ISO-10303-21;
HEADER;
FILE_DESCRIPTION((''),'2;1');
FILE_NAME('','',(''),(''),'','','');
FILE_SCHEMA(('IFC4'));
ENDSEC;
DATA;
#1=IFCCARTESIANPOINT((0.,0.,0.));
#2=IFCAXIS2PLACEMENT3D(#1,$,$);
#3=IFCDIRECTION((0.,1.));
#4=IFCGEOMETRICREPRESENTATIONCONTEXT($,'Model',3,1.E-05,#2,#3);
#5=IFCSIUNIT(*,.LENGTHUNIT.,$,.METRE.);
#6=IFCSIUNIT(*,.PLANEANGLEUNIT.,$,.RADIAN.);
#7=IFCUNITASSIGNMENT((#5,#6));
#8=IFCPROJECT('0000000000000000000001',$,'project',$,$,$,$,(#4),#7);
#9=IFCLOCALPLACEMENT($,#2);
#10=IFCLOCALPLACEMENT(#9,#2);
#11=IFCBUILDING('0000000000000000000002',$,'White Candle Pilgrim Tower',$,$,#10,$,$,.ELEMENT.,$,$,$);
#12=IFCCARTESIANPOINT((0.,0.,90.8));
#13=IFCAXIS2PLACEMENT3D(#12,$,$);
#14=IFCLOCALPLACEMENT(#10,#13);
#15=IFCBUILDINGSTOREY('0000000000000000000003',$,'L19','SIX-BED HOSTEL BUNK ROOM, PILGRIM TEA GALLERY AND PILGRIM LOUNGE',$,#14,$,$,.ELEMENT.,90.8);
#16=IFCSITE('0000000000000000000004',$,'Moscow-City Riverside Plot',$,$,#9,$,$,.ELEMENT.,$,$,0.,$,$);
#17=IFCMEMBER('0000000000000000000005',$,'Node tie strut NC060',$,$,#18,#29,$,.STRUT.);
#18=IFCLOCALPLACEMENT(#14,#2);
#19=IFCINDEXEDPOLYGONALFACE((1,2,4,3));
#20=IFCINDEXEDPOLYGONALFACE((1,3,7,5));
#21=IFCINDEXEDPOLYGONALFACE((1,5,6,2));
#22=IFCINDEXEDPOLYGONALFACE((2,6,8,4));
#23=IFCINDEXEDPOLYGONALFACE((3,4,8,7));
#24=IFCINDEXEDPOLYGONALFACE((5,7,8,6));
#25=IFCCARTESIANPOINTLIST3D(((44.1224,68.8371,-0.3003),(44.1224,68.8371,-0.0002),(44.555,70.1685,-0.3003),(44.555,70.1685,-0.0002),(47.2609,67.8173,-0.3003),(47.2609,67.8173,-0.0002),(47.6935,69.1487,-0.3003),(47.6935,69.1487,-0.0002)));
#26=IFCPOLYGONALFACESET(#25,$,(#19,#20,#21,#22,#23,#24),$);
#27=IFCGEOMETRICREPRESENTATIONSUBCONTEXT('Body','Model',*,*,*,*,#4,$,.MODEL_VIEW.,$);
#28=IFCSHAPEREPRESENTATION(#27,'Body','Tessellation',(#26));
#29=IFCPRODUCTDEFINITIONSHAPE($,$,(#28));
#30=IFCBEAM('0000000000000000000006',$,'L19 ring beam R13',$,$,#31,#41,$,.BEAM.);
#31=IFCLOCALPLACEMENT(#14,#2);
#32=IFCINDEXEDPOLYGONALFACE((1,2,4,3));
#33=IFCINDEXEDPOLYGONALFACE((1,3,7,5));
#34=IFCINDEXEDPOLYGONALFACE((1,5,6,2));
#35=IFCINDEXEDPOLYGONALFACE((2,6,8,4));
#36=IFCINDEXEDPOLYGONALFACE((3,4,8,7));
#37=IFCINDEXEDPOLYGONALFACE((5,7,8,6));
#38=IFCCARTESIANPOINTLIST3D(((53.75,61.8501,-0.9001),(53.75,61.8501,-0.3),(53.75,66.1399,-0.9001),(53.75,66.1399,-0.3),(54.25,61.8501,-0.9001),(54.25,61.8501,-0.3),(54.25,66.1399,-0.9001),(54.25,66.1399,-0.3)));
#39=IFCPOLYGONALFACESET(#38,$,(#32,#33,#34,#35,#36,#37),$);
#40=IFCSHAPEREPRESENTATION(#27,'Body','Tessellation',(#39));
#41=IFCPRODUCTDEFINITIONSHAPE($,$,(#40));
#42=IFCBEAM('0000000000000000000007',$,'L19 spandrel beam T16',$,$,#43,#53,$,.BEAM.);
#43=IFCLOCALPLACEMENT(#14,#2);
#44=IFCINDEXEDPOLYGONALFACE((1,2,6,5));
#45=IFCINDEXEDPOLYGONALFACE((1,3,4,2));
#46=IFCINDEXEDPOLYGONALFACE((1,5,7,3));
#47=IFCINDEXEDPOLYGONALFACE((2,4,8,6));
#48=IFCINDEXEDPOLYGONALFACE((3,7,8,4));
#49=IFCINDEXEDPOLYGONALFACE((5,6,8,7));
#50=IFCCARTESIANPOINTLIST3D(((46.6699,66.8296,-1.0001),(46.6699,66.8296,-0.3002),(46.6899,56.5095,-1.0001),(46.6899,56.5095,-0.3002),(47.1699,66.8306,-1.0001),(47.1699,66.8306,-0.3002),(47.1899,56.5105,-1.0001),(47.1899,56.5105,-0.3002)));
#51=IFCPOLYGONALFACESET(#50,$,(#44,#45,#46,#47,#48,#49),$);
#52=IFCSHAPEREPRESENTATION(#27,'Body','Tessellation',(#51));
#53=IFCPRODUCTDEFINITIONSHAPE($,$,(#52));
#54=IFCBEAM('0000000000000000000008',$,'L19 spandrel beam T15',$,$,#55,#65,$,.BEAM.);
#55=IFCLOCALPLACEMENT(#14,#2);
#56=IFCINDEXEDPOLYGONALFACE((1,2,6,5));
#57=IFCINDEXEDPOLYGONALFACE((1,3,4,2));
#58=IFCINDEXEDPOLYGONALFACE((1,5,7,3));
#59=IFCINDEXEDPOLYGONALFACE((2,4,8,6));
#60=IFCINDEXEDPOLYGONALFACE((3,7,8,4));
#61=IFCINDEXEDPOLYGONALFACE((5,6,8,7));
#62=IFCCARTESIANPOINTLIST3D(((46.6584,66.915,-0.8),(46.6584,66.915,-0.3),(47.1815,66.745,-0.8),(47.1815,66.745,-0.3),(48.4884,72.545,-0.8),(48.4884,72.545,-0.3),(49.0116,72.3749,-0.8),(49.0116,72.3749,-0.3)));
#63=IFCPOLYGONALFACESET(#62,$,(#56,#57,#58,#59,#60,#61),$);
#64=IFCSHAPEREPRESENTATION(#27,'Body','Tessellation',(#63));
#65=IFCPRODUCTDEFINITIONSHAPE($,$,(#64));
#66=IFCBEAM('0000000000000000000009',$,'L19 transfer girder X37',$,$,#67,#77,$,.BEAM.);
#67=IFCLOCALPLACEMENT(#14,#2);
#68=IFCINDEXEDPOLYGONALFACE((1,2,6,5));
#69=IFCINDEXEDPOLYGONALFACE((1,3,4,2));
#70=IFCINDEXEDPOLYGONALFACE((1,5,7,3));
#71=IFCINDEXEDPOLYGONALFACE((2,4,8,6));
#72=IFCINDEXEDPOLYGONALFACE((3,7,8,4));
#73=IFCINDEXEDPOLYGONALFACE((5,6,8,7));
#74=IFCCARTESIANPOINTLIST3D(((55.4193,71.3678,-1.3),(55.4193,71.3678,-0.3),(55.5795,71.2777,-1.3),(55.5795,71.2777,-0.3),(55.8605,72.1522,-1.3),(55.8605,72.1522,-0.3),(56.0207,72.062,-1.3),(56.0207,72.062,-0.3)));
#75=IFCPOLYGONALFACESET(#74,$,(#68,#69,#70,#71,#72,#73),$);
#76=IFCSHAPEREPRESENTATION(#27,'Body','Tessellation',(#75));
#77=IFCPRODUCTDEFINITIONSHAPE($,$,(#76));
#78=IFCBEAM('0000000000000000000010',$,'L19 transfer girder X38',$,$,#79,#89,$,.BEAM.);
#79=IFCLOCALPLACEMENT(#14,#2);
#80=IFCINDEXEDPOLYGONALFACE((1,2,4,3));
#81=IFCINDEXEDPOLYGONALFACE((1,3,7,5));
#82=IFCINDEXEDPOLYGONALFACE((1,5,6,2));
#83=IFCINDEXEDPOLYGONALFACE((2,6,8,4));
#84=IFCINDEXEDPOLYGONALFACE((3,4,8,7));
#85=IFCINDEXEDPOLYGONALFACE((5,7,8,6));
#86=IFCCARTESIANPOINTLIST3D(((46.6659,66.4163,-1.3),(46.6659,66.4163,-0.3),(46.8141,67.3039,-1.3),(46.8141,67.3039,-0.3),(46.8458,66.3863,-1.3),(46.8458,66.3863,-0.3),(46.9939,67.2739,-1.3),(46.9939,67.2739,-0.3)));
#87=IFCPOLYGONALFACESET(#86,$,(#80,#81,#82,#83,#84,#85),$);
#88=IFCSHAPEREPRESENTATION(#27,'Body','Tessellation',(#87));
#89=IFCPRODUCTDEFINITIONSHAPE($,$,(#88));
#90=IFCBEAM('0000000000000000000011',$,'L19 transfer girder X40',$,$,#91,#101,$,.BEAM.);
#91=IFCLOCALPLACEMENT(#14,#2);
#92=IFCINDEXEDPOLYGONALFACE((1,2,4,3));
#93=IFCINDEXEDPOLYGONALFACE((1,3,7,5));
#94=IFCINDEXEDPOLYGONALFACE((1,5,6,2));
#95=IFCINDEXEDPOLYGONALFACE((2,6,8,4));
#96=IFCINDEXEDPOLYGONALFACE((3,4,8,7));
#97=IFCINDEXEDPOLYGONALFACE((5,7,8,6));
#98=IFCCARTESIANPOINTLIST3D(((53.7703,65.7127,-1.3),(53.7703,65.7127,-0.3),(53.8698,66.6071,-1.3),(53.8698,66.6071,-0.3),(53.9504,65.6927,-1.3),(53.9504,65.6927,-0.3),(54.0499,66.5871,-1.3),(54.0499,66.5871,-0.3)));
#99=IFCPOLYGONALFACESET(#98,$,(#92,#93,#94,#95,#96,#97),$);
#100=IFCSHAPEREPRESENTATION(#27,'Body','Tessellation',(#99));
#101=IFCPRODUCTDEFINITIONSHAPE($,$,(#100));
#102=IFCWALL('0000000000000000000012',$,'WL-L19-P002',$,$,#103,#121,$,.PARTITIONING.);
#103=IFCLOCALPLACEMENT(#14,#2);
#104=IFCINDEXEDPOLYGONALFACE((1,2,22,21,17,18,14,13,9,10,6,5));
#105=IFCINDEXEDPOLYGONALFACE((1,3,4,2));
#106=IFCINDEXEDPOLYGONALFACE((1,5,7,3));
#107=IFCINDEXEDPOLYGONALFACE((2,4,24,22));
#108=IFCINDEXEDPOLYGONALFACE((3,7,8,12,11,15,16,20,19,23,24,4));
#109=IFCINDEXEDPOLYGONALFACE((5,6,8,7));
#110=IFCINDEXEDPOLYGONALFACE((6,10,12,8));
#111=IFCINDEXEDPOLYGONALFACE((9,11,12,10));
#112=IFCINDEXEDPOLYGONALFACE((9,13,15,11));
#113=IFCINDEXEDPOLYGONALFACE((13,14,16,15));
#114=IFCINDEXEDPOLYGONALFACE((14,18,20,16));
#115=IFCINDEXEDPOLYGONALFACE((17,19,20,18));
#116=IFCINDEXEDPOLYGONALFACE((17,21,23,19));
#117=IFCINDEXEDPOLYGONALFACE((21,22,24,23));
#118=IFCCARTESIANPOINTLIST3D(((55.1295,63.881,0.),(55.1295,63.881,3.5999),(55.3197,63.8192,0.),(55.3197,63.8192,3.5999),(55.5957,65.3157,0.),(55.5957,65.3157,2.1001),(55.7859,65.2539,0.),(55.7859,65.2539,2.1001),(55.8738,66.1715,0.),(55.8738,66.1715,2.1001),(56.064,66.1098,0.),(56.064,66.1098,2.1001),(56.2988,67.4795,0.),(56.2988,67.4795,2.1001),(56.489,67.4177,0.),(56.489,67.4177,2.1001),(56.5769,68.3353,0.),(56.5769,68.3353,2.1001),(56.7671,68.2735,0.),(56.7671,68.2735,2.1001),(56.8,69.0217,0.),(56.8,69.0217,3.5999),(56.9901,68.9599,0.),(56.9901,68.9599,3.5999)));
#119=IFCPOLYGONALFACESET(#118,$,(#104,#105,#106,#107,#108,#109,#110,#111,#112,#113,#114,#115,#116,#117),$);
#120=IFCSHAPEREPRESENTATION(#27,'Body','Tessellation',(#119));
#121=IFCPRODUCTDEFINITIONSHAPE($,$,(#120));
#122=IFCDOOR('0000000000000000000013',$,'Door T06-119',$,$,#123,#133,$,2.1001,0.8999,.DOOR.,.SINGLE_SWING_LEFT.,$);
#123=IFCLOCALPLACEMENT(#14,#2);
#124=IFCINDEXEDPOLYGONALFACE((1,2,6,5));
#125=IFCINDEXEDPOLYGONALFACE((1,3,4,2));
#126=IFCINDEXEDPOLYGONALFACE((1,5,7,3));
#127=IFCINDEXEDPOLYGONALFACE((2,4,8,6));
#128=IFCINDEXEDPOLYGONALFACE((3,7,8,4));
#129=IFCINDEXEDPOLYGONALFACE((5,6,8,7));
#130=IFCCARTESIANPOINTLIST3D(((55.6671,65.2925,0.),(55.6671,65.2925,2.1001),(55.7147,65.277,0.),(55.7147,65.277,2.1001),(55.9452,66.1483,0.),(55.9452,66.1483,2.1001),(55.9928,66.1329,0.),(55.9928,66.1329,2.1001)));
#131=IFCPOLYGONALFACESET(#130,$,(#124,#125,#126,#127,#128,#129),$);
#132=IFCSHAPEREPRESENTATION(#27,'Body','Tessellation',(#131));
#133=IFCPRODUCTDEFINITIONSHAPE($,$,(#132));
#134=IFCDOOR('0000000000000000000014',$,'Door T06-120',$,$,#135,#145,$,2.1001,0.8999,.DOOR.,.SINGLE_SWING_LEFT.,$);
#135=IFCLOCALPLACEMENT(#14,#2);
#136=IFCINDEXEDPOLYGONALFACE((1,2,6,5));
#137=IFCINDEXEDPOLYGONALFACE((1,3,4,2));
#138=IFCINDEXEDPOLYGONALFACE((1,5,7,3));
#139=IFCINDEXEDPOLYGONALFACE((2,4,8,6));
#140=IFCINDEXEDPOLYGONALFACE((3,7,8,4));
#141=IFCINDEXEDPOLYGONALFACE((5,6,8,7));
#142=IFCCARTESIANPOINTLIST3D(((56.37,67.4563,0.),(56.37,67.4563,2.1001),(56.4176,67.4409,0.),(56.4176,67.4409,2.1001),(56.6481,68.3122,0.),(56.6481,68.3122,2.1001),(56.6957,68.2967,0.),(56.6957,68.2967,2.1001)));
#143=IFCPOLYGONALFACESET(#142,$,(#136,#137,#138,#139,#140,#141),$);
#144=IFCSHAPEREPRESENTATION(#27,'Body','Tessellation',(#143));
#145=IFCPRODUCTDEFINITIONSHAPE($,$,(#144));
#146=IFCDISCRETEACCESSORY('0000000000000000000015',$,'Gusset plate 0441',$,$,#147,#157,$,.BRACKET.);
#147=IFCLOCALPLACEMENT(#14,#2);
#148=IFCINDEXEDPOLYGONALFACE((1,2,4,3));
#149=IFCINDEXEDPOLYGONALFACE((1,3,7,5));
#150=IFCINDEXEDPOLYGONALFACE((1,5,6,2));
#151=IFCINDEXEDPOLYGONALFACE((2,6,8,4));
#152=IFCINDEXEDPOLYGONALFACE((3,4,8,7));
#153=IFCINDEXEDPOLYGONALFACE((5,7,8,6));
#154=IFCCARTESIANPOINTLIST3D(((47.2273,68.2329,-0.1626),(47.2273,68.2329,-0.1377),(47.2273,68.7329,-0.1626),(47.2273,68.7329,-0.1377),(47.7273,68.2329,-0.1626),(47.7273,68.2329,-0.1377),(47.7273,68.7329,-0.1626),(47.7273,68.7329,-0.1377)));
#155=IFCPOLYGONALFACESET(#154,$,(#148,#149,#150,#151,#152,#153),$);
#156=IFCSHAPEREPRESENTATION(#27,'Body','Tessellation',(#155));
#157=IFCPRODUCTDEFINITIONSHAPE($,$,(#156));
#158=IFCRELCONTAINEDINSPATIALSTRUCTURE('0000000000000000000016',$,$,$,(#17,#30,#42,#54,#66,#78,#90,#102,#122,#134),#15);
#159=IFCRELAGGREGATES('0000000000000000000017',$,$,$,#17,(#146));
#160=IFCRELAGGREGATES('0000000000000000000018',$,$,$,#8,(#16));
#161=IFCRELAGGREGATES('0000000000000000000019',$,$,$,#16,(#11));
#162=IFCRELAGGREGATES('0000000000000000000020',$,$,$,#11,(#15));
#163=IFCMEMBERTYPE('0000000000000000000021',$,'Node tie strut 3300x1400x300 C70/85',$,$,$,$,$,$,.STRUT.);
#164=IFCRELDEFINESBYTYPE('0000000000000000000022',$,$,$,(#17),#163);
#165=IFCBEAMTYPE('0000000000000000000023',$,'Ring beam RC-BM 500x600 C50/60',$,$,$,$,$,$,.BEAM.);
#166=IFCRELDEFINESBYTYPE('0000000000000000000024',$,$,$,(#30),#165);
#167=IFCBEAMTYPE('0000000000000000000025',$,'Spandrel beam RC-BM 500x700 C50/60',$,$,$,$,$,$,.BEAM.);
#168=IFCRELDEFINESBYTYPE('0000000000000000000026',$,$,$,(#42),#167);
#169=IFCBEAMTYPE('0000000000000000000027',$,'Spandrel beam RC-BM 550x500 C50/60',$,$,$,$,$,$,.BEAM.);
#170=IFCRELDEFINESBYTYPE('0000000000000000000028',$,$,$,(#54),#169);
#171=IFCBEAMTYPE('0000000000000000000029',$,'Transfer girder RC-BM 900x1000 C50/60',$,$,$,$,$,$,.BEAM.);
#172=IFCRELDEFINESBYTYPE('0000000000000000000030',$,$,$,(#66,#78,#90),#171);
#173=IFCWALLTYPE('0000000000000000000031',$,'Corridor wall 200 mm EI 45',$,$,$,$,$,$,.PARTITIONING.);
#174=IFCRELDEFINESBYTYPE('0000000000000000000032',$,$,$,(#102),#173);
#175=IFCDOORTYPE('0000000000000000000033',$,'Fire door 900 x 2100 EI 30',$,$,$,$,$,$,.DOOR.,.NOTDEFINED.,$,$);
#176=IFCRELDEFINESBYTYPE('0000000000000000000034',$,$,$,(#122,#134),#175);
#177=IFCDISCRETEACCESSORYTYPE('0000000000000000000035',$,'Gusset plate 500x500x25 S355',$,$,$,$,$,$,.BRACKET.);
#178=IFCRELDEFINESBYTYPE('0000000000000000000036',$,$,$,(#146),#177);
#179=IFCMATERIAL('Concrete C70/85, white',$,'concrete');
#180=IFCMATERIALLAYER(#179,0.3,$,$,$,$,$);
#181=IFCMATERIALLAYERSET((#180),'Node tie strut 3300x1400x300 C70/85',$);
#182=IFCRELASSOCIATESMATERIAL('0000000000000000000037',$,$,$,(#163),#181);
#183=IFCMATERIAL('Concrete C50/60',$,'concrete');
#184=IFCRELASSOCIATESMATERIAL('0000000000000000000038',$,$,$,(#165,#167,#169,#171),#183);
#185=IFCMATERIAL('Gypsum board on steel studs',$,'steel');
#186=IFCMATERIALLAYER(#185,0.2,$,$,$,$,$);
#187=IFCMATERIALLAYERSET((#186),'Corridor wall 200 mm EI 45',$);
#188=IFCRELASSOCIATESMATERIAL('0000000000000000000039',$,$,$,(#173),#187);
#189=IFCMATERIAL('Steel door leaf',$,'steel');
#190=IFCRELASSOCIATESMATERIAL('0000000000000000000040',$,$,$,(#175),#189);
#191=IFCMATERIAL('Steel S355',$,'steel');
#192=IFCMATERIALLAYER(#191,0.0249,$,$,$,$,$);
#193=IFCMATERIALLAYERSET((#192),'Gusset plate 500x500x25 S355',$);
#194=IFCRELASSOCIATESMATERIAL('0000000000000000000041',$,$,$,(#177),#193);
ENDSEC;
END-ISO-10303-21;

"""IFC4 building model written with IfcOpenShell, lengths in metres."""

from ifc_helpers import new_model, si_unit, direction, frame, frame_2d, origin, origin_2d, place, context, subcontext, project, spatial, rectangle, extrude, material, layer, layer_set, material_profile, profile_set, type_object, element, fill, aggregate, save


model = new_model("IFC4")

# Units and contexts
model_context = context("Model", 3, precision=1e-05, world=origin(), true_north=direction((0.0, 1.0)))
body_context = subcontext(model_context, "Body", "Model", "MODEL_VIEW")
ifc_project = project(units=[si_unit("LENGTHUNIT", "METRE"), si_unit("PLANEANGLEUNIT", "RADIAN")], contexts=[model_context])

# Site, building, storey
site_placement = place(None, origin())
site = spatial("IfcSite", under=ifc_project, at=site_placement, Name="Moscow-City Riverside Plot", CompositionType="ELEMENT", RefElevation=0.0)
building_placement = place(site_placement, origin())
building = spatial("IfcBuilding", under=site, at=building_placement, Name="White Candle Pilgrim Tower", CompositionType="ELEMENT")
storey_placement = place(building_placement, frame((0.0, 0.0, 90.8)))
storey = spatial("IfcBuildingStorey", under=building, at=storey_placement, Name="L19", Description="SIX-BED HOSTEL BUNK ROOM, PILGRIM TEA GALLERY AND PILGRIM LOUNGE", CompositionType="ELEMENT", Elevation=90.8)

# Member
ifc_material_1 = material(Name="Concrete C70/85, white", Category="concrete")
ifc_layer_1 = layer(ifc_material_1, 0.3)
ifc_layer_set_1 = layer_set([ifc_layer_1], Name="Node tie strut 3300x1400x300 C70/85")
member_type_1 = type_object("IfcMemberType", Name="Node tie strut 3300x1400x300 C70/85", PredefinedType="STRUT", material=ifc_layer_set_1)
member_1_placement = place(storey_placement, frame((45.908, 68.9929, -0.3003), z_axis=(0.0, 0.0, 1.0), x_axis=(-0.309017, -0.951057, 0.0)))
member_1 = element("IfcMember", 1, at=member_1_placement, inside=storey, type_object=member_type_1, Name="Node tie strut NC060", PredefinedType="STRUT", context=body_context, shape_type="SweptSolid", body=[
    extrude(rectangle(XDim=1.3999, YDim=3.3, at=origin_2d()), origin(), (0.0, 0.0, 1.0), 0.3),
])

# Beams
ifc_material_2 = material(Name="Concrete C50/60", Category="concrete")
ifc_material_profile_1 = material_profile(ifc_material_2, rectangle(XDim=0.5, YDim=0.6001, at=origin_2d()), Name="RC-BM 500x600")
ifc_profile_set_1 = profile_set([ifc_material_profile_1], Name="Concrete C50/60")
beam_type_1 = type_object("IfcBeamType", Name="Ring beam RC-BM 500x600 C50/60", PredefinedType="BEAM", material=ifc_profile_set_1)
beam_1_placement = place(storey_placement, frame((54.0, 66.1399, -0.6001), z_axis=(0.0, -1.0, 0.0), x_axis=(1.0, 0.0, 0.0)))
element("IfcBeam", 2, at=beam_1_placement, inside=storey, type_object=beam_type_1, Name="L19 ring beam R13", PredefinedType="BEAM", context=body_context, shape_type="SweptSolid", body=[
    extrude(rectangle(XDim=0.5, YDim=0.6001, at=origin_2d()), origin(), (0.0, 0.0, 1.0), 4.2898),
])
ifc_material_profile_2 = material_profile(ifc_material_2, rectangle(XDim=0.5, YDim=0.7, at=origin_2d()), Name="RC-BM 500x700")
ifc_profile_set_2 = profile_set([ifc_material_profile_2], Name="Concrete C50/60")
beam_type_2 = type_object("IfcBeamType", Name="Spandrel beam RC-BM 500x700 C50/60", PredefinedType="BEAM", material=ifc_profile_set_2)
beam_2_placement = place(storey_placement, frame((46.9199, 66.8301, -0.6501), z_axis=(0.00194, -0.999998, 0.0), x_axis=(0.999998, 0.00194, 0.0)))
element("IfcBeam", 3, at=beam_2_placement, inside=storey, type_object=beam_type_2, Name="L19 spandrel beam T16", PredefinedType="BEAM", context=body_context, shape_type="SweptSolid", body=[
    extrude(rectangle(XDim=0.5, YDim=0.7, at=origin_2d()), origin(), (0.0, 0.0, 1.0), 10.3201),
])
ifc_material_profile_3 = material_profile(ifc_material_2, rectangle(XDim=0.55, YDim=0.5, at=origin_2d()), Name="RC-BM 550x500")
ifc_profile_set_3 = profile_set([ifc_material_profile_3], Name="Concrete C50/60")
beam_type_3 = type_object("IfcBeamType", Name="Spandrel beam RC-BM 550x500 C50/60", PredefinedType="BEAM", material=ifc_profile_set_3)
beam_3_placement = place(storey_placement, frame((48.75, 72.46, -0.55), z_axis=(-0.309142, -0.951016, 0.0), x_axis=(0.951016, -0.309142, 0.0)))
element("IfcBeam", 4, at=beam_3_placement, inside=storey, type_object=beam_type_3, Name="L19 spandrel beam T15", PredefinedType="BEAM", context=body_context, shape_type="SweptSolid", body=[
    extrude(rectangle(XDim=0.55, YDim=0.5, at=origin_2d()), origin(), (0.0, 0.0, 1.0), 5.9199),
])
ifc_material_profile_4 = material_profile(ifc_material_2, rectangle(XDim=0.8999, YDim=1.0, at=origin_2d()), Name="RC-BM 900x1000")
ifc_profile_set_4 = profile_set([ifc_material_profile_4], Name="Concrete C50/60")
beam_type_4 = type_object("IfcBeamType", Name="Transfer girder RC-BM 900x1000 C50/60", PredefinedType="BEAM", material=ifc_profile_set_4)
beam_4_placement = place(storey_placement, frame((55.6399, 71.76, -0.8), z_axis=(0.871576, -0.490261, 0.0), x_axis=(0.490261, 0.871576, 0.0)))
element("IfcBeam", 5, at=beam_4_placement, inside=storey, type_object=beam_type_4, Name="L19 transfer girder X37", PredefinedType="BEAM", context=body_context, shape_type="SweptSolid", body=[
    extrude(rectangle(XDim=0.8999, YDim=1.0, at=origin_2d()), origin(), (0.0, 0.0, 1.0), 0.1838),
])
beam_5_placement = place(storey_placement, frame((46.74, 66.8601, -0.8), z_axis=(0.986358, -0.164616, 0.0), x_axis=(0.164616, 0.986358, 0.0)))
element("IfcBeam", 6, at=beam_5_placement, inside=storey, type_object=beam_type_4, Name="L19 transfer girder X38", PredefinedType="BEAM", context=body_context, shape_type="SweptSolid", body=[
    extrude(rectangle(XDim=0.8999, YDim=1.0, at=origin_2d()), origin(), (0.0, 0.0, 1.0), 0.1824),
])
beam_6_placement = place(storey_placement, frame((53.8201, 66.1599, -0.8), z_axis=(0.993867, -0.11058, 0.0), x_axis=(0.11058, 0.993867, 0.0)))
element("IfcBeam", 7, at=beam_6_placement, inside=storey, type_object=beam_type_4, Name="L19 transfer girder X40", PredefinedType="BEAM", context=body_context, shape_type="SweptSolid", body=[
    extrude(rectangle(XDim=0.8999, YDim=1.0, at=origin_2d()), origin(), (0.0, 0.0, 1.0), 0.1812),
])

# Wall, openings, doors
ifc_material_3 = material(Name="Gypsum board on steel studs", Category="steel")
ifc_layer_2 = layer(ifc_material_3, 0.2)
ifc_layer_set_2 = layer_set([ifc_layer_2], Name="Corridor wall 200 mm EI 45")
wall_type_1 = type_object("IfcWallType", Name="Corridor wall 200 mm EI 45", PredefinedType="PARTITIONING", material=ifc_layer_set_2)
wall_1_placement = place(storey_placement, frame((55.2246, 63.8501, 0.0), z_axis=(0.0, 0.0, 1.0), x_axis=(0.309037, 0.95105, 0.0)))
wall_1 = element("IfcWall", 8, at=wall_1_placement, inside=storey, type_object=wall_type_1, Name="WL-L19-P002", PredefinedType="PARTITIONING", context=body_context, shape_type="SweptSolid", body=[
    extrude(rectangle(XDim=5.4053, YDim=0.2, at=frame_2d((2.7026, 0.0))), origin(), (0.0, 0.0, 1.0), 3.5999),
])
opening_1_placement = place(wall_1_placement, frame((1.5085, 0.0, 0.0)))
opening_1 = element("IfcOpeningElement", 9, at=opening_1_placement, cuts=wall_1, PredefinedType="OPENING", context=body_context, shape_type="SweptSolid", body=[
    extrude(rectangle(XDim=0.8999, YDim=2.1001, at=frame_2d((0.45, 1.05))), frame((0.0, 0.1099, 0.0), z_axis=(0.0, -1.0, 0.0), x_axis=(1.0, 0.0, 0.0)), (0.0, 0.0, 1.0), 0.22),
])
opening_2_placement = place(wall_1_placement, frame((3.7837, 0.0, 0.0)))
opening_2 = element("IfcOpeningElement", 10, at=opening_2_placement, cuts=wall_1, PredefinedType="OPENING", context=body_context, shape_type="SweptSolid", body=[
    extrude(rectangle(XDim=0.8999, YDim=2.1001, at=frame_2d((0.45, 1.05))), frame((0.0, 0.1099, 0.0), z_axis=(0.0, -1.0, 0.0), x_axis=(1.0, 0.0, 0.0)), (0.0, 0.0, 1.0), 0.22),
])
ifc_material_4 = material(Name="Steel door leaf", Category="steel")
door_type_1 = type_object("IfcDoorType", Name="Fire door 900 x 2100 EI 30", OperationType="NOTDEFINED", PredefinedType="DOOR", material=ifc_material_4)
door_1_placement = place(opening_1_placement, origin())
door_1 = element("IfcDoor", 11, at=door_1_placement, inside=storey, type_object=door_type_1, Name="Door T06-119", OperationType="SINGLE_SWING_LEFT", OverallHeight=2.1001, OverallWidth=0.8999, PredefinedType="DOOR", context=body_context, shape_type="SweptSolid", body=[
    extrude(rectangle(XDim=0.8999, YDim=2.1001, at=frame_2d((0.45, 1.05))), frame((0.0, 0.0249, 0.0), z_axis=(0.0, -1.0, 0.0), x_axis=(1.0, 0.0, 0.0)), (0.0, 0.0, 1.0), 0.05),
])
fill(opening_1, door_1)
door_2_placement = place(opening_2_placement, frame((0.8999, 0.0, 0.0), z_axis=(0.0, 0.0, 1.0), x_axis=(-1.0, 0.0, 0.0)))
door_2 = element("IfcDoor", 12, at=door_2_placement, inside=storey, type_object=door_type_1, Name="Door T06-120", OperationType="SINGLE_SWING_LEFT", OverallHeight=2.1001, OverallWidth=0.8999, PredefinedType="DOOR", context=body_context, shape_type="SweptSolid", body=[
    extrude(rectangle(XDim=0.8999, YDim=2.1001, at=frame_2d((0.45, 1.05))), frame((0.0, 0.0249, 0.0), z_axis=(0.0, -1.0, 0.0), x_axis=(1.0, 0.0, 0.0)), (0.0, 0.0, 1.0), 0.05),
])
fill(opening_2, door_2)

# Discrete accessory
ifc_material_5 = material(Name="Steel S355", Category="steel")
ifc_layer_3 = layer(ifc_material_5, 0.0249)
ifc_layer_set_3 = layer_set([ifc_layer_3], Name="Gusset plate 500x500x25 S355")
discrete_accessory_type = type_object("IfcDiscreteAccessoryType", Name="Gusset plate 500x500x25 S355", PredefinedType="BRACKET", material=ifc_layer_set_3)
discrete_accessory_1_placement = place(storey_placement, frame((47.4773, 68.4829, -0.1626), z_axis=(0.0, 0.0, 1.0), x_axis=(1.0, 0.0, 0.0)))
discrete_accessory_1 = element("IfcDiscreteAccessory", 13, at=discrete_accessory_1_placement, type_object=discrete_accessory_type, Name="Gusset plate 0441", PredefinedType="BRACKET", context=body_context, shape_type="SweptSolid", body=[
    extrude(rectangle(XDim=0.5, YDim=0.5, at=origin_2d()), origin(), (0.0, 0.0, 1.0), 0.0249),
])
aggregate(member_1, [discrete_accessory_1])

save(model, "model.ifc")
